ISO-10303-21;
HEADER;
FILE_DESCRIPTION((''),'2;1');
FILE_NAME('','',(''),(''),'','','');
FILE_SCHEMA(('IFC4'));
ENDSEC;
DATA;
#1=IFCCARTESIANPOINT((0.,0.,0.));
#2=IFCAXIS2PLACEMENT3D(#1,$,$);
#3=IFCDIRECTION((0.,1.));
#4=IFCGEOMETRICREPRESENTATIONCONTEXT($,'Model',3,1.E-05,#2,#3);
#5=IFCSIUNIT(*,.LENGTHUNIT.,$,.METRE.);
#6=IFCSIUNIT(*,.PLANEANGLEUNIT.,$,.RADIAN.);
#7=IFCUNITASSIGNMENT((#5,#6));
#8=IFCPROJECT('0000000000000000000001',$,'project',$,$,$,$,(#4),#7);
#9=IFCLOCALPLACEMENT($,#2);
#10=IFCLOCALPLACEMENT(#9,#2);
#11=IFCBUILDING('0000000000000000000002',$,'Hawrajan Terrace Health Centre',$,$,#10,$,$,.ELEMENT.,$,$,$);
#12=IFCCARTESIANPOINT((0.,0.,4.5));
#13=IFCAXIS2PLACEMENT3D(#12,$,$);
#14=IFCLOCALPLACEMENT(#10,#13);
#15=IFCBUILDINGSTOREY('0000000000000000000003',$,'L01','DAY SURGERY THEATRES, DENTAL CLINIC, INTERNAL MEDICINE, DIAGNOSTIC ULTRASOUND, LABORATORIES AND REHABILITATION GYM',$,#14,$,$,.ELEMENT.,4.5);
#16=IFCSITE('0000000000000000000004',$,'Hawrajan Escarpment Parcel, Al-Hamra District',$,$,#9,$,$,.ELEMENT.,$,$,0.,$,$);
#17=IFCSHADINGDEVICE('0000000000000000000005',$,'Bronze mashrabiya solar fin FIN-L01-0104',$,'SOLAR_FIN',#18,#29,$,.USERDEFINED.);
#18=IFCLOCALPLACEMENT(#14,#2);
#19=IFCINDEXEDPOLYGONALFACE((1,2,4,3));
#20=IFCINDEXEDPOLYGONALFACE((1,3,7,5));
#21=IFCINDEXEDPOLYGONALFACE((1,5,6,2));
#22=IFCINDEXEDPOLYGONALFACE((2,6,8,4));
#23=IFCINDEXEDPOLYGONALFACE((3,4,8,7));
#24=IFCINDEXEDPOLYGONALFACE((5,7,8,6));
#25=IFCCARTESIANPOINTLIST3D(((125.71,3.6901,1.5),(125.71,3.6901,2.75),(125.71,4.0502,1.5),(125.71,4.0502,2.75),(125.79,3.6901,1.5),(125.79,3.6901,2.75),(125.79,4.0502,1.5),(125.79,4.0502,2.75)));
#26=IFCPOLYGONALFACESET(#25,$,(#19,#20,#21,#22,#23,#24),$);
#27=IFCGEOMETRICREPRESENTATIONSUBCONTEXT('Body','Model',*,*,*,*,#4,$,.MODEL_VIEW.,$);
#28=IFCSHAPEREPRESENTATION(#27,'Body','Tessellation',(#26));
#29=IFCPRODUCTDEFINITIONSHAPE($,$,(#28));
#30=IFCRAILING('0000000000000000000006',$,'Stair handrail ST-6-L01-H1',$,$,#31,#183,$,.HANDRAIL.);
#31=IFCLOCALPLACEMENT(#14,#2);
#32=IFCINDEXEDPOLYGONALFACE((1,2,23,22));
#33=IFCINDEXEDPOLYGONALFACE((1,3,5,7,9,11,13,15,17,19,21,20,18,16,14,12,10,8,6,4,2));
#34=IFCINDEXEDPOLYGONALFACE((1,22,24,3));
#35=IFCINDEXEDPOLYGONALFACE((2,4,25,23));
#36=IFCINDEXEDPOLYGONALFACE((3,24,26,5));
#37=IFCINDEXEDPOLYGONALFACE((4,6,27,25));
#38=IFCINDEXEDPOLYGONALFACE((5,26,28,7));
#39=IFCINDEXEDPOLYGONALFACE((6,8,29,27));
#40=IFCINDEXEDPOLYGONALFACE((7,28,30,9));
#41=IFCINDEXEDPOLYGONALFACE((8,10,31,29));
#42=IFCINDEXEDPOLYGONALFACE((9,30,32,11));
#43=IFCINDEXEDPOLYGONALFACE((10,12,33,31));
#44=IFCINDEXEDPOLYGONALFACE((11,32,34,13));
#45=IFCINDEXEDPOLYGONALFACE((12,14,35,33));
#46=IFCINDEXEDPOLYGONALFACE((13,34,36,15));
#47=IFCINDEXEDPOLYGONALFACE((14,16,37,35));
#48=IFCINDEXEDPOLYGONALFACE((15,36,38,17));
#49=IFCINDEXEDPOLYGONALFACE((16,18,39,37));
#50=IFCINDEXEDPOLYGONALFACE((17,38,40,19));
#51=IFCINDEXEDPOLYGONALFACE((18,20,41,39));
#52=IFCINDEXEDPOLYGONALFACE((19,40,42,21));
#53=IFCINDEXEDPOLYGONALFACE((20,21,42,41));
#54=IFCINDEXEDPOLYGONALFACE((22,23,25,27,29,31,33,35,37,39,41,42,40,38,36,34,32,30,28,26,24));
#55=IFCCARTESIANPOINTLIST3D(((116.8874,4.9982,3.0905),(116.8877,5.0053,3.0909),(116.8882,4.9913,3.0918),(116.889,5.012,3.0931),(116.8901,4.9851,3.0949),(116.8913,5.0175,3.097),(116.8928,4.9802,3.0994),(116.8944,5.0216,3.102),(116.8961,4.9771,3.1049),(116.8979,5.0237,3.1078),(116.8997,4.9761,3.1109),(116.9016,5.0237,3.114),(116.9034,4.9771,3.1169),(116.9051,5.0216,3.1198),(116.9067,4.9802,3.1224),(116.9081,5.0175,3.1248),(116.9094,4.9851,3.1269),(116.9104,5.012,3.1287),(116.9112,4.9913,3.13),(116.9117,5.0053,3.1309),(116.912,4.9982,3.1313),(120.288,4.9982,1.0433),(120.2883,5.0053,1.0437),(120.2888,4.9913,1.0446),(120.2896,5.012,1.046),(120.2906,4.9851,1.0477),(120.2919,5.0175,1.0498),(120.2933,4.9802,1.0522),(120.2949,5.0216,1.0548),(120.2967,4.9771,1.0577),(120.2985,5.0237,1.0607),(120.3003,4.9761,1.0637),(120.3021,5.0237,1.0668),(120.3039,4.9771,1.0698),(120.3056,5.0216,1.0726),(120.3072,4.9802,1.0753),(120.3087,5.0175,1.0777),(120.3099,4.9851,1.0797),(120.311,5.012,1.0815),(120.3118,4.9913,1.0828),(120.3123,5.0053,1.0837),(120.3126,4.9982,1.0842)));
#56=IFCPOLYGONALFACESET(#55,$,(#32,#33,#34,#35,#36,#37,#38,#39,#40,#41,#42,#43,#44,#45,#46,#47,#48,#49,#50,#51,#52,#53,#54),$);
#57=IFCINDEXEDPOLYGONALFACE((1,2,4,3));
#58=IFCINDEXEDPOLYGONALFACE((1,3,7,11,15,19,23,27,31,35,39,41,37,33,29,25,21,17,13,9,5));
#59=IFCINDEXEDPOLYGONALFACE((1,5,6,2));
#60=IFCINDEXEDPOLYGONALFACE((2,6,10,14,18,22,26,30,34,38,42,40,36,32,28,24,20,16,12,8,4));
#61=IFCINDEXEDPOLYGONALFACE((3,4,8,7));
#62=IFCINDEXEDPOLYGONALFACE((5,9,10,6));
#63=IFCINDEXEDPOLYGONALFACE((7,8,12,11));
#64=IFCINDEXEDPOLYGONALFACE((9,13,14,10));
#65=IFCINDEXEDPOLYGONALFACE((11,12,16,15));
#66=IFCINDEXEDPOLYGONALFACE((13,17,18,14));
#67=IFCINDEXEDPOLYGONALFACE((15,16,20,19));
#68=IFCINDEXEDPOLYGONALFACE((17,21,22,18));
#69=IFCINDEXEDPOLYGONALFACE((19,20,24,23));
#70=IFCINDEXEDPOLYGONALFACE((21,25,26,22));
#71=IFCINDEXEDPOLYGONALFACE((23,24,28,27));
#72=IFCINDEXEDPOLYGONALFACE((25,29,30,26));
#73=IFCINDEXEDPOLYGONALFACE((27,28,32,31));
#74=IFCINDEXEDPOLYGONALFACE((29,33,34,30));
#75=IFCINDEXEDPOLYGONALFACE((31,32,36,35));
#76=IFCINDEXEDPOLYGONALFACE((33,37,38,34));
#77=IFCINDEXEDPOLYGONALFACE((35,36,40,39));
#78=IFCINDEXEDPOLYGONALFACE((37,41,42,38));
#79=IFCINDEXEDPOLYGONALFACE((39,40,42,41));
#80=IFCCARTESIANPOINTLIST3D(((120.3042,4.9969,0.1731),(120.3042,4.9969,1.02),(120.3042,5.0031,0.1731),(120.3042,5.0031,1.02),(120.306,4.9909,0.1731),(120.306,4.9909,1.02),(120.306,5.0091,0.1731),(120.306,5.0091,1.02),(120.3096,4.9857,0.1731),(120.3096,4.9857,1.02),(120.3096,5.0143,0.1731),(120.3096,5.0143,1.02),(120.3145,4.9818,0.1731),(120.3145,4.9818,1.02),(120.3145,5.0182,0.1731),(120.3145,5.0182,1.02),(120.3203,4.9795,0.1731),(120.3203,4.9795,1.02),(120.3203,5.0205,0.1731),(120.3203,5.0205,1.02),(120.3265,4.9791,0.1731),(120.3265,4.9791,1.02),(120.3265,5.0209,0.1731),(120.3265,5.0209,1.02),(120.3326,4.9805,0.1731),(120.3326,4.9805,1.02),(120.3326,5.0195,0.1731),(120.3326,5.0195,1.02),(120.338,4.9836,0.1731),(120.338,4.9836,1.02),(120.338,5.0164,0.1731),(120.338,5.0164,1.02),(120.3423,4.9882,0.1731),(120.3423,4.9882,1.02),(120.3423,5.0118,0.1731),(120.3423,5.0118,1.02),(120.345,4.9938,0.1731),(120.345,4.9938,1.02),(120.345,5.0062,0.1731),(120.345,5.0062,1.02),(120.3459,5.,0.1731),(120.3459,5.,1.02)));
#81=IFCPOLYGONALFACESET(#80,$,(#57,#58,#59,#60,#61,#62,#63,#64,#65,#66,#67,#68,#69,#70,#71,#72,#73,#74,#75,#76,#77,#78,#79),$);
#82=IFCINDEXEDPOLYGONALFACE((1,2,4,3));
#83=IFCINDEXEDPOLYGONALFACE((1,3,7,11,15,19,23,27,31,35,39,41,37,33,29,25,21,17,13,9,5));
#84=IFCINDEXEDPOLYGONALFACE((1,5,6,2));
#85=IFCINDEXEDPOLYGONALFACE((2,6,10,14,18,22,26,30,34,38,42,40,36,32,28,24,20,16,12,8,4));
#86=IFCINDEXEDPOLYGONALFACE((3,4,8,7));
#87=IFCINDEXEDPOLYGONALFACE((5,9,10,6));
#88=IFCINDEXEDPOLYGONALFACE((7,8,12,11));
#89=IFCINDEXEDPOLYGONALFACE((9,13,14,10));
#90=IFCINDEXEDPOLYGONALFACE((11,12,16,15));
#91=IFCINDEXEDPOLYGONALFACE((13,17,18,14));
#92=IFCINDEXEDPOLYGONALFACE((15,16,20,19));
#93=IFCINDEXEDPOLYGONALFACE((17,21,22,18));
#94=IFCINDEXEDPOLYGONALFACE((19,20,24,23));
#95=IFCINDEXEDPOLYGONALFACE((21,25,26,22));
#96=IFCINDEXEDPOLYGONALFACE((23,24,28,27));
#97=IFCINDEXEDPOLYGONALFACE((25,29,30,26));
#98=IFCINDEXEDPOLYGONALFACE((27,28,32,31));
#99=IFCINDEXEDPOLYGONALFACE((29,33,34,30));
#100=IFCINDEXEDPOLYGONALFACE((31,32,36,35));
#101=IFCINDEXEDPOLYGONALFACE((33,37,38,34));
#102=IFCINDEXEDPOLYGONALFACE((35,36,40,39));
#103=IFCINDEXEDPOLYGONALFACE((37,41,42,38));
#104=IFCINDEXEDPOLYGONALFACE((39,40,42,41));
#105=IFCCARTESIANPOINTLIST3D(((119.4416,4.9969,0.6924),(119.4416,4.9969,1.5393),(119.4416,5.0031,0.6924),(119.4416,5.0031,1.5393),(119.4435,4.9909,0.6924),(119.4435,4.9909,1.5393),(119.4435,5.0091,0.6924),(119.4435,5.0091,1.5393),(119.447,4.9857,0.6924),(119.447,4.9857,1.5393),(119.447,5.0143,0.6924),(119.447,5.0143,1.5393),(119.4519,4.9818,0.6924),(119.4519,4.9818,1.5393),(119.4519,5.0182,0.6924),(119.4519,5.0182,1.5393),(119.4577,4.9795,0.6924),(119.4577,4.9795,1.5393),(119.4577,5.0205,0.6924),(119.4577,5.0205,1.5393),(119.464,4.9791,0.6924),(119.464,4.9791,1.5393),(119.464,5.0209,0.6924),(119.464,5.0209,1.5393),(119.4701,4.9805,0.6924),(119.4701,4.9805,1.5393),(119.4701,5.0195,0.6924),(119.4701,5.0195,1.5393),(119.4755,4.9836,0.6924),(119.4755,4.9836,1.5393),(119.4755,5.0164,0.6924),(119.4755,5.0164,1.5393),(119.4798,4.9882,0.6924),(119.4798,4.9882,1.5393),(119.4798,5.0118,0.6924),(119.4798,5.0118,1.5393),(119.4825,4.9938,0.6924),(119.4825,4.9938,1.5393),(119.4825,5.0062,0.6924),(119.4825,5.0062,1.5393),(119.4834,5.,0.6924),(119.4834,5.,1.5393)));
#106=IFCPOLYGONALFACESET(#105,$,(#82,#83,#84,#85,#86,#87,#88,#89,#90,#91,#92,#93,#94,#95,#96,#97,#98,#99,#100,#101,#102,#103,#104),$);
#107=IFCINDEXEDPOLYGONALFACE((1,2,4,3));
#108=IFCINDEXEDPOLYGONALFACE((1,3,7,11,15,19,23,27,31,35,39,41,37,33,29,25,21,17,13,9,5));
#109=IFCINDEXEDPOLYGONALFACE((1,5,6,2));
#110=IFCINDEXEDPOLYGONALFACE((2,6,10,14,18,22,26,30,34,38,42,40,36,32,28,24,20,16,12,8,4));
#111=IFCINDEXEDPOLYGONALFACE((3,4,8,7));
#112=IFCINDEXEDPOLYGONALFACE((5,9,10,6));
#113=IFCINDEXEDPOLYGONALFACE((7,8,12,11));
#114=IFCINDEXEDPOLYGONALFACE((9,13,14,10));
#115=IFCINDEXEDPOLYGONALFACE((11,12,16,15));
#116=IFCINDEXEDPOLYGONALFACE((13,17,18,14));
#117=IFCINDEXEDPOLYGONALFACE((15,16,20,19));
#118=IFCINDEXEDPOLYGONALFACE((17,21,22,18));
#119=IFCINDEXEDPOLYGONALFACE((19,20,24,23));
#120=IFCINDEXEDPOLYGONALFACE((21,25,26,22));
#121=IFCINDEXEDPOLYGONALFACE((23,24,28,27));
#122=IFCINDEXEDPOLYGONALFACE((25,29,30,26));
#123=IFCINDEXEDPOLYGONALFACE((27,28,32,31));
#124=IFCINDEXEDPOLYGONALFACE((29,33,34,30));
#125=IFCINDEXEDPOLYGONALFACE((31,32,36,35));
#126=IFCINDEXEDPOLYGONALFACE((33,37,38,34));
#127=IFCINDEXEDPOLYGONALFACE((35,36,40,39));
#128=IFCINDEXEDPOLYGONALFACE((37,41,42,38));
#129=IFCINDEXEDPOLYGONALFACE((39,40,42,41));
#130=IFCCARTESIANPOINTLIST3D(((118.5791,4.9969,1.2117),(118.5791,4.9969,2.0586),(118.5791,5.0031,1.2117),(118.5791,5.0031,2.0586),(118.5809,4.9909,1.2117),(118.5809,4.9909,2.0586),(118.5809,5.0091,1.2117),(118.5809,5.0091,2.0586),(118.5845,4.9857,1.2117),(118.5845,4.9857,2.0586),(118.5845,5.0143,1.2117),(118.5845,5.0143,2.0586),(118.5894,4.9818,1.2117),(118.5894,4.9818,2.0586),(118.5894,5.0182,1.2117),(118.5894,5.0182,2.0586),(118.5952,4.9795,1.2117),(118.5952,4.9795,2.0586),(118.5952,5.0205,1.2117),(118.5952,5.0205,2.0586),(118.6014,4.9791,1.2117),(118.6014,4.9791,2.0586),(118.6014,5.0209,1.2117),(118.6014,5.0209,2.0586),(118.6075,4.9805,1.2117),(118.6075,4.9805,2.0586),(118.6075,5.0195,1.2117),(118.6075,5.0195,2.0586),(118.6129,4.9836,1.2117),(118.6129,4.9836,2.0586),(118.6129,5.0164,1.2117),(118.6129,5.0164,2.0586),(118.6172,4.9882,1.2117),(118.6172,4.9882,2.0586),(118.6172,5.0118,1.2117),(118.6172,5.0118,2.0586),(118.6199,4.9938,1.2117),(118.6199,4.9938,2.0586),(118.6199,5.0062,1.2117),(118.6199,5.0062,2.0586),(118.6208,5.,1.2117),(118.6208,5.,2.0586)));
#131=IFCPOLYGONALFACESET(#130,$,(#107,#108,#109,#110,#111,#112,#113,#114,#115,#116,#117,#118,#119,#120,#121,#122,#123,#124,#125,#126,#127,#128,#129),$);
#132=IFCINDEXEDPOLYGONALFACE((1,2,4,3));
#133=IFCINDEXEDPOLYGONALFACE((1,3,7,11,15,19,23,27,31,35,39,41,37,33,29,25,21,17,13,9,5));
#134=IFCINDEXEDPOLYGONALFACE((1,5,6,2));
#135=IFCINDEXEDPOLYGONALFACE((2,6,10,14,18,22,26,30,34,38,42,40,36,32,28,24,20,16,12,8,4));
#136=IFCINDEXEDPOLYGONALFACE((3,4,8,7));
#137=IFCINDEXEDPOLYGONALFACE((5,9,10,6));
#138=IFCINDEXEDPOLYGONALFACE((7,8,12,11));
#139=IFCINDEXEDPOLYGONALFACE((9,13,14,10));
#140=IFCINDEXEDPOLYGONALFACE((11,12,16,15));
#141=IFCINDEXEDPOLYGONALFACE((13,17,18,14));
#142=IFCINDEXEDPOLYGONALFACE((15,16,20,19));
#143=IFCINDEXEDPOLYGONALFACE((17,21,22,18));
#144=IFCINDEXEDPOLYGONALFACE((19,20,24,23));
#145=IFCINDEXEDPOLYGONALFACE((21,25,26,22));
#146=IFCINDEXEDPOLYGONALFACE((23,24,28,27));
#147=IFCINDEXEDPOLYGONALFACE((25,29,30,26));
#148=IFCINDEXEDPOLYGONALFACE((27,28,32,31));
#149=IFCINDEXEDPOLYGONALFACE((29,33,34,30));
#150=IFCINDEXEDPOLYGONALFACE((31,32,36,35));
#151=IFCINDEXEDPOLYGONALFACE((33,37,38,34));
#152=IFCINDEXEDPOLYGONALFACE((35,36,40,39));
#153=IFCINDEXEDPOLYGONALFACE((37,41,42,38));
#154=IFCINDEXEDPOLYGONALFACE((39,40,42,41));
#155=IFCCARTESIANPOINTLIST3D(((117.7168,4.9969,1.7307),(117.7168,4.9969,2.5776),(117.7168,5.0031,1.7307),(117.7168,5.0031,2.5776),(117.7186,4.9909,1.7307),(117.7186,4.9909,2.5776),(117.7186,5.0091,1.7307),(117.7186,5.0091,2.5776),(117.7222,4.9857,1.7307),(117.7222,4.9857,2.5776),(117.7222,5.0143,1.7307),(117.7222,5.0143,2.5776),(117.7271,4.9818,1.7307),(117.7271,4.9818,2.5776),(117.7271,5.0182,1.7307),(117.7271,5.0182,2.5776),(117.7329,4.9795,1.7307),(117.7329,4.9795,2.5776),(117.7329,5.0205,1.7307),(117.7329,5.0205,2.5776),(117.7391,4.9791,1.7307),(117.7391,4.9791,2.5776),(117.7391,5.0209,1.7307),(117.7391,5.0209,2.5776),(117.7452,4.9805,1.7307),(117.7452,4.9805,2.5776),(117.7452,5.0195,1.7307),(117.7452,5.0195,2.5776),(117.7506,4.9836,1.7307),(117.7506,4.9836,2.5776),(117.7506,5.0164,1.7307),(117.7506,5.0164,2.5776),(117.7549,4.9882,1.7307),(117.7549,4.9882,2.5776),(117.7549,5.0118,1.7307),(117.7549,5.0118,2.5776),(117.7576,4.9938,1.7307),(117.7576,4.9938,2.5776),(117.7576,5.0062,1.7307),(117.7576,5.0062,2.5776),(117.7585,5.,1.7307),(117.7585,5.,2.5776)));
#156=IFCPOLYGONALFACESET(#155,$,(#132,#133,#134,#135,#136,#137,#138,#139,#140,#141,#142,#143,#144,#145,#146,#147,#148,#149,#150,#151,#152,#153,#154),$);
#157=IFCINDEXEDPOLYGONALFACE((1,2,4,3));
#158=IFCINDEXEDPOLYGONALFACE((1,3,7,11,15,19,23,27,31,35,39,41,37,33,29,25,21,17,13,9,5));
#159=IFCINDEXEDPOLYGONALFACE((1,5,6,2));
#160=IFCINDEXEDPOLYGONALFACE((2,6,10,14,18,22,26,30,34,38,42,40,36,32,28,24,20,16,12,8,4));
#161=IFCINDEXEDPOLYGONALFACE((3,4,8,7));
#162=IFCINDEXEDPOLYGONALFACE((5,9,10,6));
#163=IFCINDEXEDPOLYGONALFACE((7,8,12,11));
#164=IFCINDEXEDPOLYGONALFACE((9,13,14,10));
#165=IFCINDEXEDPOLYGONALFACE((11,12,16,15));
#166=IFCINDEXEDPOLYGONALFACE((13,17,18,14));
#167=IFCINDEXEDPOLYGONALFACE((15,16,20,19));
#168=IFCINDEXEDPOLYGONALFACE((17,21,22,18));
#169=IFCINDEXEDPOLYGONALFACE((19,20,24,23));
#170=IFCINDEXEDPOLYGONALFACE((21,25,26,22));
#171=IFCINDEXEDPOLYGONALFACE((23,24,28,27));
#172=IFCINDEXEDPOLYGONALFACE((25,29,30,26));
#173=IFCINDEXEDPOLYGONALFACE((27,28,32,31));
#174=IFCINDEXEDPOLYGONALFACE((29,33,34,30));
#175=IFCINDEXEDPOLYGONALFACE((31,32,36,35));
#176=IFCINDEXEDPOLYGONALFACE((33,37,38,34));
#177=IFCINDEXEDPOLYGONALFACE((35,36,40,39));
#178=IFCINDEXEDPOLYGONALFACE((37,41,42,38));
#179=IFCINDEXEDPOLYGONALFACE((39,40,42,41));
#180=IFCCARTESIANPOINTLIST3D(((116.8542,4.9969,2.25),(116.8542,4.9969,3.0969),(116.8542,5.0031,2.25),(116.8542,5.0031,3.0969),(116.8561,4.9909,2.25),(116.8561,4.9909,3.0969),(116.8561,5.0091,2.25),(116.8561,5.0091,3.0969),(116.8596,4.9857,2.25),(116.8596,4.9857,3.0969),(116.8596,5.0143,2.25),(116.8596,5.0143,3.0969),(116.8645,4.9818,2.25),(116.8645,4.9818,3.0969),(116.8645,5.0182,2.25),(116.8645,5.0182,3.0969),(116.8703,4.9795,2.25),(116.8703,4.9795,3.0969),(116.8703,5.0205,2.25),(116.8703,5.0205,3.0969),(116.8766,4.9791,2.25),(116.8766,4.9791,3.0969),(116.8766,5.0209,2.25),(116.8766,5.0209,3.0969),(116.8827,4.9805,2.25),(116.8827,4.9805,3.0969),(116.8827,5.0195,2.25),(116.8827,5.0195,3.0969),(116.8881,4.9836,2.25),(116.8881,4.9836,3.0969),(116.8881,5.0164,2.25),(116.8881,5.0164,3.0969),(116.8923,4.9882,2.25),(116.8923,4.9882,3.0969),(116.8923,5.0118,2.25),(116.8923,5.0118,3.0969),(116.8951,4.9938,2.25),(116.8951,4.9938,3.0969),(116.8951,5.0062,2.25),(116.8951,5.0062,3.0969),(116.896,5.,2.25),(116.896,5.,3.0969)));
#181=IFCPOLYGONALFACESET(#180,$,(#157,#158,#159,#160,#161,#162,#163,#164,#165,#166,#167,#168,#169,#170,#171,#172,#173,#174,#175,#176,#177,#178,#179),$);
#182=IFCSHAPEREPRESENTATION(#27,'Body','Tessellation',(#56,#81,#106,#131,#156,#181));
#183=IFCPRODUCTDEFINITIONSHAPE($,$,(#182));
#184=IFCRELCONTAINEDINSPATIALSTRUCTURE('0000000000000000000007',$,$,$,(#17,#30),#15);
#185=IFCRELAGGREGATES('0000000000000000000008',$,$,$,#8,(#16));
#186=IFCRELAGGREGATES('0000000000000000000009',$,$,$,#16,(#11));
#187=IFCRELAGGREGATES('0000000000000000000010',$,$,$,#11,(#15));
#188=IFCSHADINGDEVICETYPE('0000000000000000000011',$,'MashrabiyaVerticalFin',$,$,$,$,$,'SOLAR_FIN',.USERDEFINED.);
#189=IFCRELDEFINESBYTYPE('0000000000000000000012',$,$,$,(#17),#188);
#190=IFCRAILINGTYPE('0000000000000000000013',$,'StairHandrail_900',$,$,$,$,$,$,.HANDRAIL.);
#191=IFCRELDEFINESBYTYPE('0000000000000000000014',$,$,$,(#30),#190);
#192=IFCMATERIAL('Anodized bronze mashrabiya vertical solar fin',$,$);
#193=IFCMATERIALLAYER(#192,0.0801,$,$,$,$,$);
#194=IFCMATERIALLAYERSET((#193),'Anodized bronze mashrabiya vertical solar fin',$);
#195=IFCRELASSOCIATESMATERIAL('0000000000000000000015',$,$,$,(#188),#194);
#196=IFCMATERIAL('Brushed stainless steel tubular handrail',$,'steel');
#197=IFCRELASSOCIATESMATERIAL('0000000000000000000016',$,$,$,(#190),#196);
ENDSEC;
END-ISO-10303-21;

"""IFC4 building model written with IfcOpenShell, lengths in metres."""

from ifc_helpers import new_model, si_unit, direction, frame, origin, origin_2d, place, context, subcontext, project, spatial, rectangle, circle, extrude, material, layer, layer_set, type_object, element, save


model = new_model("IFC4")

# Units and contexts
model_context = context("Model", 3, precision=1e-05, world=origin(), true_north=direction((0.0, 1.0)))
body_context = subcontext(model_context, "Body", "Model", "MODEL_VIEW")
ifc_project = project(units=[si_unit("LENGTHUNIT", "METRE"), si_unit("PLANEANGLEUNIT", "RADIAN")], contexts=[model_context])

# Site, building, storey
site_placement = place(None, origin())
site = spatial("IfcSite", under=ifc_project, at=site_placement, Name="Hawrajan Escarpment Parcel, Al-Hamra District", CompositionType="ELEMENT", RefElevation=0.0)
building_placement = place(site_placement, origin())
building = spatial("IfcBuilding", under=site, at=building_placement, Name="Hawrajan Terrace Health Centre", CompositionType="ELEMENT")
storey_placement = place(building_placement, frame((0.0, 0.0, 4.5)))
storey = spatial("IfcBuildingStorey", under=building, at=storey_placement, Name="L01", Description="DAY SURGERY THEATRES, DENTAL CLINIC, INTERNAL MEDICINE, DIAGNOSTIC ULTRASOUND, LABORATORIES AND REHABILITATION GYM", CompositionType="ELEMENT", Elevation=4.5)

# Shading device
ifc_material_1 = material(Name="Anodized bronze mashrabiya vertical solar fin")
ifc_layer_1 = layer(ifc_material_1, 0.0801)
ifc_layer_set_1 = layer_set([ifc_layer_1], Name="Anodized bronze mashrabiya vertical solar fin")
shading_device_type = type_object("IfcShadingDeviceType", Name="MashrabiyaVerticalFin", ElementType="SOLAR_FIN", PredefinedType="USERDEFINED", material=ifc_layer_set_1)
shading_device_placement = place(storey_placement, frame((125.75, 3.8701, 1.5), z_axis=(0.0, 0.0, 1.0), x_axis=(1.0, 0.0, 0.0)))
element("IfcShadingDevice", 1, at=shading_device_placement, inside=storey, type_object=shading_device_type, Name="Bronze mashrabiya solar fin FIN-L01-0104", ObjectType="SOLAR_FIN", PredefinedType="USERDEFINED", context=body_context, shape_type="SweptSolid", body=[
    extrude(rectangle(XDim=0.0801, YDim=0.3601, at=origin_2d()), origin(), (0.0, 0.0, 1.0), 1.25),
])

# Railing
ifc_material_2 = material(Name="Brushed stainless steel tubular handrail", Category="steel")
railing_type_1 = type_object("IfcRailingType", Name="StairHandrail_900", PredefinedType="HANDRAIL", material=ifc_material_2)
railing_1_placement = place(storey_placement, frame((120.325, 5.0, 0.1731)))
element("IfcRailing", 2, at=railing_1_placement, inside=storey, type_object=railing_type_1, Name="Stair handrail ST-6-L01-H1", PredefinedType="HANDRAIL", context=body_context, shape_type="SweptSolid", body=[
    extrude(circle(Radius=0.0239, at=origin_2d()), frame((-0.0247, 0.0, 0.8906), z_axis=(-0.856732, 0.0, 0.515761), x_axis=(0.0, -1.0, 0.0)), (0.0, 0.0, 1.0), 3.9692),
    extrude(circle(Radius=0.021, at=origin_2d()), origin(), (0.0, 0.0, 1.0), 0.8469),
    extrude(circle(Radius=0.021, at=origin_2d()), frame((-0.8625, 0.0, 0.5193)), (0.0, 0.0, 1.0), 0.8469),
    extrude(circle(Radius=0.021, at=origin_2d()), frame((-1.7251, 0.0, 1.0386)), (0.0, 0.0, 1.0), 0.8469),
    extrude(circle(Radius=0.021, at=origin_2d()), frame((-2.5874, 0.0, 1.5576)), (0.0, 0.0, 1.0), 0.8469),
    extrude(circle(Radius=0.021, at=origin_2d()), frame((-3.45, 0.0, 2.0769)), (0.0, 0.0, 1.0), 0.8469),
])

save(model, "model.ifc")
